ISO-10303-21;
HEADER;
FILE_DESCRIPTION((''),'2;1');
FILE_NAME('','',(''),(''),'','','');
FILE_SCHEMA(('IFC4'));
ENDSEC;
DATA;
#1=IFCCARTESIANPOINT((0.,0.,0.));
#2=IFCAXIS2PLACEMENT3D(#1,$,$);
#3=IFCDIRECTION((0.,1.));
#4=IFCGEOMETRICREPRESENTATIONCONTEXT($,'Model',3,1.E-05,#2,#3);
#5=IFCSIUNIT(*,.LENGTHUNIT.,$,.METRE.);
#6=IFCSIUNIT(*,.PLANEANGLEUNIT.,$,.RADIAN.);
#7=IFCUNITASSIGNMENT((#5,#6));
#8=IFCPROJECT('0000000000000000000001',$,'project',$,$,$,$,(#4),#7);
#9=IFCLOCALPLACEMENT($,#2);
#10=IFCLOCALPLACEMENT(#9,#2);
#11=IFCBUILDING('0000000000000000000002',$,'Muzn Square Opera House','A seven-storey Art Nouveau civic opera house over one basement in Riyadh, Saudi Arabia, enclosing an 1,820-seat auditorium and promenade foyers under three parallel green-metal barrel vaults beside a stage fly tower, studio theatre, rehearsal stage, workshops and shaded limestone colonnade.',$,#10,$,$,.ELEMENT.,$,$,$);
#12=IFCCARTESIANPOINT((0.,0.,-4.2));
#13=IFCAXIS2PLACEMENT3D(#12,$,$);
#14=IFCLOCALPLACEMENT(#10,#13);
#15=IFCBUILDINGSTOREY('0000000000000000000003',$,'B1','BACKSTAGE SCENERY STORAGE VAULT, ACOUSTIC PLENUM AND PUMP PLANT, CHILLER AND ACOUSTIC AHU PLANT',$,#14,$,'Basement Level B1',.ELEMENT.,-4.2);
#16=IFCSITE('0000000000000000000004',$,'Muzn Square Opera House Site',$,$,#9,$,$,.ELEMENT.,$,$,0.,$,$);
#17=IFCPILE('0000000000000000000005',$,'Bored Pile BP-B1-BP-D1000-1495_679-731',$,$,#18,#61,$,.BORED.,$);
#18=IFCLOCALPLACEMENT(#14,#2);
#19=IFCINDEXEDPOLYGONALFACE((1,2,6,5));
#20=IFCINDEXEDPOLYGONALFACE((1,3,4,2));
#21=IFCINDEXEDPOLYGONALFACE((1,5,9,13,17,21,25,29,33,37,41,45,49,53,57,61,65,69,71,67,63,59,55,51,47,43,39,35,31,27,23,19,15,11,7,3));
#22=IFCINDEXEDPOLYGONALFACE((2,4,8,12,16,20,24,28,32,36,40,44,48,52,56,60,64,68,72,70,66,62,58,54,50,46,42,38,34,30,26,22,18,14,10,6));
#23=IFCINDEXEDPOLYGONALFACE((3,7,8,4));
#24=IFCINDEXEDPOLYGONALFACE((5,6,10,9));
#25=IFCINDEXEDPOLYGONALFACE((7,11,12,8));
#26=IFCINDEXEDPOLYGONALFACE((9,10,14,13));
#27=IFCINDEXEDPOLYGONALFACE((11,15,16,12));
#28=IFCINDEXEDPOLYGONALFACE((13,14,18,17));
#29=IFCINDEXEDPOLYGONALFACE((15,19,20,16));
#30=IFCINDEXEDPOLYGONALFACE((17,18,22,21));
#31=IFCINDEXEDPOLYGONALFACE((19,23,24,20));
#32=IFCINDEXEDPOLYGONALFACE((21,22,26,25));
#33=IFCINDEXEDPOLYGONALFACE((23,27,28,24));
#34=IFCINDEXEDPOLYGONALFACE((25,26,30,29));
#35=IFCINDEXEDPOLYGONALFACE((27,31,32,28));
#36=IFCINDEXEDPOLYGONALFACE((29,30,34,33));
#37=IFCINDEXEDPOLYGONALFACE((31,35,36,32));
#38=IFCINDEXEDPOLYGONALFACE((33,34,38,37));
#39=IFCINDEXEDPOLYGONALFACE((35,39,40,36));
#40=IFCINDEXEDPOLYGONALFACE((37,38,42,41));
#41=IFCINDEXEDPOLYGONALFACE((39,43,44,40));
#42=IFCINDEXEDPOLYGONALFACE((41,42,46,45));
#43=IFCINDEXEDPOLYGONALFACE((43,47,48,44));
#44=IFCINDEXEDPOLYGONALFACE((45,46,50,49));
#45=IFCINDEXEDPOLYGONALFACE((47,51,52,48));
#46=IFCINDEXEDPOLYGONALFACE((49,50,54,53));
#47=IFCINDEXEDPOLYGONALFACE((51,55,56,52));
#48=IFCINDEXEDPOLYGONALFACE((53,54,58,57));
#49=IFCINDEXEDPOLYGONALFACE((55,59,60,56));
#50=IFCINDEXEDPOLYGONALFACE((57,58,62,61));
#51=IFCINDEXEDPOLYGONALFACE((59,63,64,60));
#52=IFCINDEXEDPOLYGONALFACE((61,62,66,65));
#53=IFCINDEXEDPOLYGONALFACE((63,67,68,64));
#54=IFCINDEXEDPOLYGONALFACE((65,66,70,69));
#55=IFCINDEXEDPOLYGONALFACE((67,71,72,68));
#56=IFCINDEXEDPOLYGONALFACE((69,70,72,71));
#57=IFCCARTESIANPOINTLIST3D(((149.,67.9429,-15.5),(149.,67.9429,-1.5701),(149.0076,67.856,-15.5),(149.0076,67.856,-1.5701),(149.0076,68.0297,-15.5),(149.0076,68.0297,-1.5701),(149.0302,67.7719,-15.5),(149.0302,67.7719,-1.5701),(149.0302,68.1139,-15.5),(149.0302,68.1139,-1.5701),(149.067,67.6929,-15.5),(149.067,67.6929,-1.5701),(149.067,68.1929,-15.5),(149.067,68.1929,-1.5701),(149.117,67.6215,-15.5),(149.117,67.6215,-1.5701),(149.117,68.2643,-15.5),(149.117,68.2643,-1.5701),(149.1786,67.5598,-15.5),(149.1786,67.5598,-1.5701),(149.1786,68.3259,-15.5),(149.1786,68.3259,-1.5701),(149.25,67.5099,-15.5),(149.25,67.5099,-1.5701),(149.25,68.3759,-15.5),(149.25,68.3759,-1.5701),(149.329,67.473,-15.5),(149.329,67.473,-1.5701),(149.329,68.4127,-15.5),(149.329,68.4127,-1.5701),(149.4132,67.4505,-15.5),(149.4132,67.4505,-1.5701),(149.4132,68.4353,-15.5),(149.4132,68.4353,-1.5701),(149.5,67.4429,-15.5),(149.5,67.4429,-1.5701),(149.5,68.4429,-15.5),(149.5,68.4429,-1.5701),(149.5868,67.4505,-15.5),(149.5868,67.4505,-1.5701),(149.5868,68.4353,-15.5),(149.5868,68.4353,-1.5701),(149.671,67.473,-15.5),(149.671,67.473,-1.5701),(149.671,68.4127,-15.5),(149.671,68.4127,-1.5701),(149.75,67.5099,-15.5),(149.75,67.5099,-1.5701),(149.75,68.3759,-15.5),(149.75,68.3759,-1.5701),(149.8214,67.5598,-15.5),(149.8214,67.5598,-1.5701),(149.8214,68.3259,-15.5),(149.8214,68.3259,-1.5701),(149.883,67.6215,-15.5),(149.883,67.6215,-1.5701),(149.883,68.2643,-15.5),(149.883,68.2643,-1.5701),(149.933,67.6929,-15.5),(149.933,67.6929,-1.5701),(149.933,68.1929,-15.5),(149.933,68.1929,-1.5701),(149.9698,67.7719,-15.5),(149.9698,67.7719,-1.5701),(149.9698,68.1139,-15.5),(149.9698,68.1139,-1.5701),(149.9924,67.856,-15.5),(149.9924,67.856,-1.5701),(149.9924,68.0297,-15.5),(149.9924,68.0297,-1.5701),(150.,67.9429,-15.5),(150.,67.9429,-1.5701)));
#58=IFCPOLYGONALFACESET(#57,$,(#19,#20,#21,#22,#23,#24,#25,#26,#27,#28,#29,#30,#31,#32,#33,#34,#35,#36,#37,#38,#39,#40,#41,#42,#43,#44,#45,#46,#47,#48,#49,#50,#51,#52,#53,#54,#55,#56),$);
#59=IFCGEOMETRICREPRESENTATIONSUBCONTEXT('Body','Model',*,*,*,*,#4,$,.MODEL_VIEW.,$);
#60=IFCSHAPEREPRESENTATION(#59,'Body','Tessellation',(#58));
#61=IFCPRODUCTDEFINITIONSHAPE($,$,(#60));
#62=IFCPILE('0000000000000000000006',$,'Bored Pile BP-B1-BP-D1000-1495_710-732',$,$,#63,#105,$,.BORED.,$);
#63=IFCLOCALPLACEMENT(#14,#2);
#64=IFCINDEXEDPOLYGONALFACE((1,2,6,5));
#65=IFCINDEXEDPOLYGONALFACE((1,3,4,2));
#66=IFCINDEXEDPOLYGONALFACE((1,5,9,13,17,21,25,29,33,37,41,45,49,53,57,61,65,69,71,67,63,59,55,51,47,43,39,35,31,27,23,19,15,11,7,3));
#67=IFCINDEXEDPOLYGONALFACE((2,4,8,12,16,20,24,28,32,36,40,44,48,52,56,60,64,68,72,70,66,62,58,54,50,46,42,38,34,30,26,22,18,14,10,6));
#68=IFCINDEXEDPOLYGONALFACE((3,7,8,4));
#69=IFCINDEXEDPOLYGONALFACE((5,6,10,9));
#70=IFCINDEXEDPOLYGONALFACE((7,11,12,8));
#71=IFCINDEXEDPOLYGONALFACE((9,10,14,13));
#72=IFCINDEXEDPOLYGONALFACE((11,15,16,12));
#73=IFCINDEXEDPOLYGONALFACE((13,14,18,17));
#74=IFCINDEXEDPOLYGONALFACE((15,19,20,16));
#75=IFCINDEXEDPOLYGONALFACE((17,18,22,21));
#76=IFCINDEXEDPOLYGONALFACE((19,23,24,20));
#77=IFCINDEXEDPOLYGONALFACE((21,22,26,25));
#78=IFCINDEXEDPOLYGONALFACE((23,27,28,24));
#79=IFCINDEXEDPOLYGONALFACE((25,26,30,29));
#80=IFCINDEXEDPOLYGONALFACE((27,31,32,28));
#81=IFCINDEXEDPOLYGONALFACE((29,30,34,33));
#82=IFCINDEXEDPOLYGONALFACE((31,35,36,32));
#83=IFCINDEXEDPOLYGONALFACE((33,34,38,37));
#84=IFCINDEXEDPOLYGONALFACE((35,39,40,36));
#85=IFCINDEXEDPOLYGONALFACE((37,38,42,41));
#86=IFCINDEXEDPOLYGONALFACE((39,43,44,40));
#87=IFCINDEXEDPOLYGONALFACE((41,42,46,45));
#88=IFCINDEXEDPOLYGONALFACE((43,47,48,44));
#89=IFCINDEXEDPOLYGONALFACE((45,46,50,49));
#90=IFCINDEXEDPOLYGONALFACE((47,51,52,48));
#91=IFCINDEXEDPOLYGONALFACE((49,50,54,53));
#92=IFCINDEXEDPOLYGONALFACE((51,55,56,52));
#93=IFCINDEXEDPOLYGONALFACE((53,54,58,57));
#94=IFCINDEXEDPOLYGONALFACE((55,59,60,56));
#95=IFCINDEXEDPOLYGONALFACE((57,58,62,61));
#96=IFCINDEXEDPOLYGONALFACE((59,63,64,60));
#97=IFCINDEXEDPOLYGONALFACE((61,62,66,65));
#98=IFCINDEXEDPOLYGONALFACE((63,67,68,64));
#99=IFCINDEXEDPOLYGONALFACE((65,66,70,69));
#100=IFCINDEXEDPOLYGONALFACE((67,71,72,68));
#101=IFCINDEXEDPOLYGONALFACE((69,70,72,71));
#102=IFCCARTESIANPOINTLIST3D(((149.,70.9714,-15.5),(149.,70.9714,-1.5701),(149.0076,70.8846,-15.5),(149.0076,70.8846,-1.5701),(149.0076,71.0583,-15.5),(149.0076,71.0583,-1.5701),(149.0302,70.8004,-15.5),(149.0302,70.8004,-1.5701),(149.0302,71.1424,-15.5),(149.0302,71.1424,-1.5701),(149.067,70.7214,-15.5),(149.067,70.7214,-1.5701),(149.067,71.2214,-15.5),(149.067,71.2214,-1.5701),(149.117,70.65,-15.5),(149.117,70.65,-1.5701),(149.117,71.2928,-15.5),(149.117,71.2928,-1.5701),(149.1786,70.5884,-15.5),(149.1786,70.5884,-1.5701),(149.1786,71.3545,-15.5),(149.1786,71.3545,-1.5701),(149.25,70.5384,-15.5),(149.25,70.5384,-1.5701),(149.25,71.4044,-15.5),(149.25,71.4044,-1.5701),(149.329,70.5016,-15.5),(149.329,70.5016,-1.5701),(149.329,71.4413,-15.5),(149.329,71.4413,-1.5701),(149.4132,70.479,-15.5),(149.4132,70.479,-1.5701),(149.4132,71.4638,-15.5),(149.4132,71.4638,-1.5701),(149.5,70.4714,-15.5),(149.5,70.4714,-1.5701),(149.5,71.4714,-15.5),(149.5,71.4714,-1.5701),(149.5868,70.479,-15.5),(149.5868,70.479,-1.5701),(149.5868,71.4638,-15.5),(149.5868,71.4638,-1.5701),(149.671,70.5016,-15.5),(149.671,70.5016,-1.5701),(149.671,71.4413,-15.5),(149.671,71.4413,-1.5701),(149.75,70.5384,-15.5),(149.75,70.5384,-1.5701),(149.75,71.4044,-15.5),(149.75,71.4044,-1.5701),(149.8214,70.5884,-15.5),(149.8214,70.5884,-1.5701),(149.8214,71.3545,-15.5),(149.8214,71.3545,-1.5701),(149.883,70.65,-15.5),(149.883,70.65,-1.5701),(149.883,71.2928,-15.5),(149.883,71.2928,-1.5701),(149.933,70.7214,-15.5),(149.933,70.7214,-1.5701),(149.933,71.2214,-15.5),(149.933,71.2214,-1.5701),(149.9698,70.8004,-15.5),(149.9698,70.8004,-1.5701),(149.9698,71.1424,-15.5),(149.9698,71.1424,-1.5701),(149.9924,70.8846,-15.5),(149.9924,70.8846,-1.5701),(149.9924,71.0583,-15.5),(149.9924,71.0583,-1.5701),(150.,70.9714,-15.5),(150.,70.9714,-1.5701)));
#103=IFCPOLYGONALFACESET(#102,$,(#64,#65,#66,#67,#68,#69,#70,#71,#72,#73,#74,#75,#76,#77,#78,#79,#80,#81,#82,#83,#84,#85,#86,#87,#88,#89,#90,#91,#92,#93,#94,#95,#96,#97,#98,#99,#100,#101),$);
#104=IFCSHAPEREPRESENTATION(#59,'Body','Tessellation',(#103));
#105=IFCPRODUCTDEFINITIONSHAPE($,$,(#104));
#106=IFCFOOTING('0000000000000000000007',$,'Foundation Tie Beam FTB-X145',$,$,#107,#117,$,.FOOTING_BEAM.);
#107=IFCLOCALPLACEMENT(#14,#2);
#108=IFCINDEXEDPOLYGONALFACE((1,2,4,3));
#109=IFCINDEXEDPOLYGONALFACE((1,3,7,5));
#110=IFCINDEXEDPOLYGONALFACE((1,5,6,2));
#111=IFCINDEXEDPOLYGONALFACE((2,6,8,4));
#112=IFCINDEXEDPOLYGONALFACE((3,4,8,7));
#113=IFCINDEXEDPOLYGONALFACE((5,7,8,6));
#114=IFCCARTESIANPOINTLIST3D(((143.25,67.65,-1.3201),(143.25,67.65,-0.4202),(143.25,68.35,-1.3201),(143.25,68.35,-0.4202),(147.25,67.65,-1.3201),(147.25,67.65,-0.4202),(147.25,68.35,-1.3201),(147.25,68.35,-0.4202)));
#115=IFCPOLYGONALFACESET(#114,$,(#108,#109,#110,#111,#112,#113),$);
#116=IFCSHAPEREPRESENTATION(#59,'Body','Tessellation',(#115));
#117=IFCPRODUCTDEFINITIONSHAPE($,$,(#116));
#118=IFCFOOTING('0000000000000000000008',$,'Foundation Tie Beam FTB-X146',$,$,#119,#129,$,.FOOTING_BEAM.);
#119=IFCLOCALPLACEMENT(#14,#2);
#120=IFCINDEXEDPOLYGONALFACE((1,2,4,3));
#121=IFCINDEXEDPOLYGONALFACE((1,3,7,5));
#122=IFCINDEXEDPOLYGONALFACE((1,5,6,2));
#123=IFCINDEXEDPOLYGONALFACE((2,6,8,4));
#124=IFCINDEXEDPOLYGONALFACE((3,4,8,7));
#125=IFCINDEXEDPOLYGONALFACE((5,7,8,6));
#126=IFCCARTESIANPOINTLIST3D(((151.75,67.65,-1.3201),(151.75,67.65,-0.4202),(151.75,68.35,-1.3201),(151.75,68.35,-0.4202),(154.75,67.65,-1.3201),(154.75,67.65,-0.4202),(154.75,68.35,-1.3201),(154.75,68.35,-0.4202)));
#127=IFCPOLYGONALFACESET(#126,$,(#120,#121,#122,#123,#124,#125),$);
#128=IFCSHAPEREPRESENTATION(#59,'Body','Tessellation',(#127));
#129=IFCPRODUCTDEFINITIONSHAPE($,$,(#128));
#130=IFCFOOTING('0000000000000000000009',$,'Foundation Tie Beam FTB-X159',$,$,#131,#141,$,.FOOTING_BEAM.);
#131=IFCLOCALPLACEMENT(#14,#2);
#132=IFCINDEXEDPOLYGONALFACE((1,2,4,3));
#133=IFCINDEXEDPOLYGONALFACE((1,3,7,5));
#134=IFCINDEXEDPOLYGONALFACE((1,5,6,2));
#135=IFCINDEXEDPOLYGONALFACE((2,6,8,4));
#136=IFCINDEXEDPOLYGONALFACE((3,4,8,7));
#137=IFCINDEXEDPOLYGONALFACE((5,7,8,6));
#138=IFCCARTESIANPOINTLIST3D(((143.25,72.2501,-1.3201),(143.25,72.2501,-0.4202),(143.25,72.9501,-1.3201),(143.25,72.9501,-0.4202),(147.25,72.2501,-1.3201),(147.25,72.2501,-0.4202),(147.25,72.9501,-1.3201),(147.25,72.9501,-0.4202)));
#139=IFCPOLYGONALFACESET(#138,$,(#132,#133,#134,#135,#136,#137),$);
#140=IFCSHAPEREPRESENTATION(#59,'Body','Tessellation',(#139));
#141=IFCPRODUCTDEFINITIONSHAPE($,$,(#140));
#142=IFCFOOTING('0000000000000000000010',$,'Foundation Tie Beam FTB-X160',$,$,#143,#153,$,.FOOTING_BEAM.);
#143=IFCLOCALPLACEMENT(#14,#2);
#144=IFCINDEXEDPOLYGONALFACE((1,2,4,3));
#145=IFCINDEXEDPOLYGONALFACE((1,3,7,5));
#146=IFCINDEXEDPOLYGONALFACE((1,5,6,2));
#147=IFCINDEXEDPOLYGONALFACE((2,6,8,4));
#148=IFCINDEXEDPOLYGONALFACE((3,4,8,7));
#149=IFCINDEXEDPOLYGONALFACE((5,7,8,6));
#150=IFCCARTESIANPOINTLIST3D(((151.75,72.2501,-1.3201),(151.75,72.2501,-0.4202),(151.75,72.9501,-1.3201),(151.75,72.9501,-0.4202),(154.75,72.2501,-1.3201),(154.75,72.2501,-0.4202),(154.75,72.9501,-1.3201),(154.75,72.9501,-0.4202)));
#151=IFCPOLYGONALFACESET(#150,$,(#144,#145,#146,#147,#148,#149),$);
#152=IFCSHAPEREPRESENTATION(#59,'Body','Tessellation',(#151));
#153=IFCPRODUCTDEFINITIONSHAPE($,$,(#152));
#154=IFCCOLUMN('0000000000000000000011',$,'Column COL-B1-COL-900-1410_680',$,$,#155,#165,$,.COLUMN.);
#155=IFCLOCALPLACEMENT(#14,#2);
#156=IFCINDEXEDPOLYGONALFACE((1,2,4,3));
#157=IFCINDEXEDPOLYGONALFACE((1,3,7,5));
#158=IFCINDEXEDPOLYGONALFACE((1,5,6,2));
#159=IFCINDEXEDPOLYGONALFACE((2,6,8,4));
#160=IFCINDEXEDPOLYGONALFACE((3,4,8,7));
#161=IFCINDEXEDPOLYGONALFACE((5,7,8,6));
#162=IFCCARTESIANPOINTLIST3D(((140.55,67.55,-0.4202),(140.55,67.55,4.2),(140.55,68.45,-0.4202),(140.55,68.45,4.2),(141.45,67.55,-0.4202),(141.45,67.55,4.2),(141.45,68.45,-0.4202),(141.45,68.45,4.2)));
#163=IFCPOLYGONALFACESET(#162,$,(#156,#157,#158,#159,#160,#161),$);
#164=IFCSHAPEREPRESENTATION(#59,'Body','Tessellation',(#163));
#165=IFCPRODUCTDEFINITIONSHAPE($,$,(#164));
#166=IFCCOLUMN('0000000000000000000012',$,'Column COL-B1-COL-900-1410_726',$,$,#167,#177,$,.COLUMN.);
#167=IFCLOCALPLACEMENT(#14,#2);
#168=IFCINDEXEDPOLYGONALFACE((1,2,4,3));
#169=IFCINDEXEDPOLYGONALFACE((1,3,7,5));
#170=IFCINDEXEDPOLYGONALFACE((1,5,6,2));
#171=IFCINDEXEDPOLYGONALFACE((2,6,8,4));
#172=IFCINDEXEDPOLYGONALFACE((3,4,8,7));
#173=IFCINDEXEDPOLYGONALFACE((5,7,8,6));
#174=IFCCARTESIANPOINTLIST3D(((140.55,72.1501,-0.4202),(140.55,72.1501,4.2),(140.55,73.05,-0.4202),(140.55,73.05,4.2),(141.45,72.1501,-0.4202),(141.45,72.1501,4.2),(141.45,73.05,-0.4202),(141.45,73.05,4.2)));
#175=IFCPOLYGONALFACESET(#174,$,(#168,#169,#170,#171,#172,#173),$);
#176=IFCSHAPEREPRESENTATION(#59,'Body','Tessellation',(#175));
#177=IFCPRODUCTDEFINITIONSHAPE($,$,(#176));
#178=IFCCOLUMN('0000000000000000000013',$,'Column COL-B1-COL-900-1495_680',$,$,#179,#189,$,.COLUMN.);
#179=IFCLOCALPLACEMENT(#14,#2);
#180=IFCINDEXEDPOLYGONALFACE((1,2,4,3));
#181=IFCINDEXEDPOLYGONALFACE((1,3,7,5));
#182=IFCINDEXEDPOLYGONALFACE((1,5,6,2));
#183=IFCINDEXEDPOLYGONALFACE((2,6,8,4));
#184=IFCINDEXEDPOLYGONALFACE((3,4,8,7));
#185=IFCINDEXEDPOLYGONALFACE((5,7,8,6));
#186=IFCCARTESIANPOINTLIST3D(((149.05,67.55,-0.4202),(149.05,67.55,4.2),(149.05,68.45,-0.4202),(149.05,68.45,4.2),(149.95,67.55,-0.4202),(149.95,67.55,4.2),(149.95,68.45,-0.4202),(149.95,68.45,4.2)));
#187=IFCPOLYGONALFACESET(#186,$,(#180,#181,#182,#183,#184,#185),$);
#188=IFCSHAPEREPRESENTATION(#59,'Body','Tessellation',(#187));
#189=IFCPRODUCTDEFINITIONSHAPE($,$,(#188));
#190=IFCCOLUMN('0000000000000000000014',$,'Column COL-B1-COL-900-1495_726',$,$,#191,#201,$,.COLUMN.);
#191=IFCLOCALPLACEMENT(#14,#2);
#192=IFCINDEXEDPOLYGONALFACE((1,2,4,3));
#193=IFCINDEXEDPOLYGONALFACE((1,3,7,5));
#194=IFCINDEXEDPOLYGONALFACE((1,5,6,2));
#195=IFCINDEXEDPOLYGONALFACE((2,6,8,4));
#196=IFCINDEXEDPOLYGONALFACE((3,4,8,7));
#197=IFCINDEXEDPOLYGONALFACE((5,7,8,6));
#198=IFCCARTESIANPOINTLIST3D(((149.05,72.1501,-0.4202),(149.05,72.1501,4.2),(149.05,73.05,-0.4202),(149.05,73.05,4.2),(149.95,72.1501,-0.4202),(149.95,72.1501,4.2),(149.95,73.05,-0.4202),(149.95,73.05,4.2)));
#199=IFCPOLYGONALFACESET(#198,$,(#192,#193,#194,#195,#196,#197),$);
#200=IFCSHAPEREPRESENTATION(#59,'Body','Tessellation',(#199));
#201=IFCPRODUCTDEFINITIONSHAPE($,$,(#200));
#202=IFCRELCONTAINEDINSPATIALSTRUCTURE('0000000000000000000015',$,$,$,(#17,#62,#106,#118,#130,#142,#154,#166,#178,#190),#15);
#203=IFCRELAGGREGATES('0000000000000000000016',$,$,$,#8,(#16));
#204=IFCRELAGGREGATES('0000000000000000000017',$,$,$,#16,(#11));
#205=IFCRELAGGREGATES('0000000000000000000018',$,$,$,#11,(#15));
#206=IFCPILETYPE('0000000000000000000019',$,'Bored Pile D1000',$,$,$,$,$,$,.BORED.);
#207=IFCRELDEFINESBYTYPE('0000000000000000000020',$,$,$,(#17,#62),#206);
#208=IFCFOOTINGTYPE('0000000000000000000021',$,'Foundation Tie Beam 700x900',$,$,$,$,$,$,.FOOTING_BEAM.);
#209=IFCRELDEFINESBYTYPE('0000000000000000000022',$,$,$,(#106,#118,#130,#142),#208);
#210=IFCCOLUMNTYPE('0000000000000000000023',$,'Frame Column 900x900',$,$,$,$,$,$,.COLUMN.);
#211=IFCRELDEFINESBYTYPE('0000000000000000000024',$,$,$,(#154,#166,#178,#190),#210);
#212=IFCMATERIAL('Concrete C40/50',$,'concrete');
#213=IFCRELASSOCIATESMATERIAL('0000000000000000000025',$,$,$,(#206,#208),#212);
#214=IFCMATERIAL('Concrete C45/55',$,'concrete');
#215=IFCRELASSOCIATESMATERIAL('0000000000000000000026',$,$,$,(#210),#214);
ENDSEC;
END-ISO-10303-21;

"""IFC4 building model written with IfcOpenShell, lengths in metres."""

from ifc_helpers import new_model, si_unit, direction, frame, origin, origin_2d, place, context, subcontext, project, spatial, rectangle, circle, extrude, material, material_profile, profile_set, type_object, element, save


model = new_model("IFC4")

# Units and contexts
model_context = context("Model", 3, precision=1e-05, world=origin(), true_north=direction((0.0, 1.0)))
body_context = subcontext(model_context, "Body", "Model", "MODEL_VIEW")
ifc_project = project(units=[si_unit("LENGTHUNIT", "METRE"), si_unit("PLANEANGLEUNIT", "RADIAN")], contexts=[model_context])

# Site, building, storey
site_placement = place(None, origin())
site = spatial("IfcSite", under=ifc_project, at=site_placement, Name="Muzn Square Opera House Site", CompositionType="ELEMENT", RefElevation=0.0)
building_placement = place(site_placement, origin())
building = spatial("IfcBuilding", under=site, at=building_placement, Name="Muzn Square Opera House", Description="A seven-storey Art Nouveau civic opera house over one basement in Riyadh, Saudi Arabia, enclosing an 1,820-seat auditorium and promenade foyers under three parallel green-metal barrel vaults beside a stage fly tower, studio theatre, rehearsal stage, workshops and shaded limestone colonnade.", CompositionType="ELEMENT")
storey_placement = place(building_placement, frame((0.0, 0.0, -4.2)))
storey = spatial("IfcBuildingStorey", under=building, at=storey_placement, Name="B1", Description="BACKSTAGE SCENERY STORAGE VAULT, ACOUSTIC PLENUM AND PUMP PLANT, CHILLER AND ACOUSTIC AHU PLANT", LongName="Basement Level B1", CompositionType="ELEMENT", Elevation=-4.2)

# Piles
ifc_material_1 = material(Name="Concrete C40/50", Category="concrete")
ifc_material_profile_1 = material_profile(ifc_material_1, circle(Radius=0.5, at=origin_2d()), Name="BORED PILE D1000", Category="concrete")
ifc_profile_set_1 = profile_set([ifc_material_profile_1], Name="Concrete C40/50")
pile_type = type_object("IfcPileType", Name="Bored Pile D1000", PredefinedType="BORED", material=ifc_profile_set_1)
for number, where, z_axis, x_axis, name in (
    (1, (149.5, 67.9429, -1.5701), (0.0, 0.0, -1.0), (1.0, 0.0, 0.0), "Bored Pile BP-B1-BP-D1000-1495_679-731"),
    (2, (149.5, 70.9714, -1.5701), (0.0, 0.0, -1.0), (1.0, 0.0, 0.0), "Bored Pile BP-B1-BP-D1000-1495_710-732"),
):
    element("IfcPile", number, at=place(storey_placement, frame(where, z_axis=z_axis, x_axis=x_axis)), inside=storey, type_object=pile_type, Name=name, PredefinedType="BORED", context=body_context, shape_type="SweptSolid", body=[
        extrude(circle(Radius=0.5, at=origin_2d()), origin(), (0.0, 0.0, 1.0), 13.9299),
    ])

# Footings
ifc_material_profile_2 = material_profile(ifc_material_1, rectangle(XDim=0.7, YDim=0.8999, at=origin_2d()), Name="RCTB 700x900", Category="concrete")
ifc_profile_set_2 = profile_set([ifc_material_profile_2], Name="Concrete C40/50")
footing_type = type_object("IfcFootingType", Name="Foundation Tie Beam 700x900", PredefinedType="FOOTING_BEAM", material=ifc_profile_set_2)
footing_1_placement = place(storey_placement, frame((143.25, 68.0, -0.8701), z_axis=(1.0, 0.0, 0.0), x_axis=(0.0, 1.0, 0.0)))
element("IfcFooting", 3, at=footing_1_placement, inside=storey, type_object=footing_type, Name="Foundation Tie Beam FTB-X145", PredefinedType="FOOTING_BEAM", context=body_context, shape_type="SweptSolid", body=[
    extrude(rectangle(XDim=0.7, YDim=0.8999, at=origin_2d()), origin(), (0.0, 0.0, 1.0), 4.0),
])
footing_2_placement = place(storey_placement, frame((151.75, 68.0, -0.8701), z_axis=(1.0, 0.0, 0.0), x_axis=(0.0, 1.0, 0.0)))
element("IfcFooting", 4, at=footing_2_placement, inside=storey, type_object=footing_type, Name="Foundation Tie Beam FTB-X146", PredefinedType="FOOTING_BEAM", context=body_context, shape_type="SweptSolid", body=[
    extrude(rectangle(XDim=0.7, YDim=0.8999, at=origin_2d()), origin(), (0.0, 0.0, 1.0), 3.0),
])
footing_3_placement = place(storey_placement, frame((143.25, 72.6001, -0.8701), z_axis=(1.0, 0.0, 0.0), x_axis=(0.0, 1.0, 0.0)))
element("IfcFooting", 5, at=footing_3_placement, inside=storey, type_object=footing_type, Name="Foundation Tie Beam FTB-X159", PredefinedType="FOOTING_BEAM", context=body_context, shape_type="SweptSolid", body=[
    extrude(rectangle(XDim=0.7, YDim=0.8999, at=origin_2d()), origin(), (0.0, 0.0, 1.0), 4.0),
])
footing_4_placement = place(storey_placement, frame((151.75, 72.6001, -0.8701), z_axis=(1.0, 0.0, 0.0), x_axis=(0.0, 1.0, 0.0)))
element("IfcFooting", 6, at=footing_4_placement, inside=storey, type_object=footing_type, Name="Foundation Tie Beam FTB-X160", PredefinedType="FOOTING_BEAM", context=body_context, shape_type="SweptSolid", body=[
    extrude(rectangle(XDim=0.7, YDim=0.8999, at=origin_2d()), origin(), (0.0, 0.0, 1.0), 3.0),
])

# Columns
ifc_material_2 = material(Name="Concrete C45/55", Category="concrete")
ifc_material_profile_3 = material_profile(ifc_material_2, rectangle(XDim=0.8999, YDim=0.8999, at=origin_2d()), Name="RC 900x900", Category="concrete")
ifc_profile_set_3 = profile_set([ifc_material_profile_3], Name="Concrete C45/55")
column_type = type_object("IfcColumnType", Name="Frame Column 900x900", PredefinedType="COLUMN", material=ifc_profile_set_3)
for number, where, z_axis, x_axis, name in (
    (7, (141.0, 68.0, -0.4202), (0.0, 0.0, 1.0), (1.0, 0.0, 0.0), "Column COL-B1-COL-900-1410_680"),
    (8, (141.0, 72.6001, -0.4202), (0.0, 0.0, 1.0), (1.0, 0.0, 0.0), "Column COL-B1-COL-900-1410_726"),
    (9, (149.5, 68.0, -0.4202), (0.0, 0.0, 1.0), (1.0, 0.0, 0.0), "Column COL-B1-COL-900-1495_680"),
    (10, (149.5, 72.6001, -0.4202), (0.0, 0.0, 1.0), (1.0, 0.0, 0.0), "Column COL-B1-COL-900-1495_726"),
):
    element("IfcColumn", number, at=place(storey_placement, frame(where, z_axis=z_axis, x_axis=x_axis)), inside=storey, type_object=column_type, Name=name, PredefinedType="COLUMN", context=body_context, shape_type="SweptSolid", body=[
        extrude(rectangle(XDim=0.8999, YDim=0.8999, at=origin_2d()), origin(), (0.0, 0.0, 1.0), 4.6201),
    ])

save(model, "model.ifc")
